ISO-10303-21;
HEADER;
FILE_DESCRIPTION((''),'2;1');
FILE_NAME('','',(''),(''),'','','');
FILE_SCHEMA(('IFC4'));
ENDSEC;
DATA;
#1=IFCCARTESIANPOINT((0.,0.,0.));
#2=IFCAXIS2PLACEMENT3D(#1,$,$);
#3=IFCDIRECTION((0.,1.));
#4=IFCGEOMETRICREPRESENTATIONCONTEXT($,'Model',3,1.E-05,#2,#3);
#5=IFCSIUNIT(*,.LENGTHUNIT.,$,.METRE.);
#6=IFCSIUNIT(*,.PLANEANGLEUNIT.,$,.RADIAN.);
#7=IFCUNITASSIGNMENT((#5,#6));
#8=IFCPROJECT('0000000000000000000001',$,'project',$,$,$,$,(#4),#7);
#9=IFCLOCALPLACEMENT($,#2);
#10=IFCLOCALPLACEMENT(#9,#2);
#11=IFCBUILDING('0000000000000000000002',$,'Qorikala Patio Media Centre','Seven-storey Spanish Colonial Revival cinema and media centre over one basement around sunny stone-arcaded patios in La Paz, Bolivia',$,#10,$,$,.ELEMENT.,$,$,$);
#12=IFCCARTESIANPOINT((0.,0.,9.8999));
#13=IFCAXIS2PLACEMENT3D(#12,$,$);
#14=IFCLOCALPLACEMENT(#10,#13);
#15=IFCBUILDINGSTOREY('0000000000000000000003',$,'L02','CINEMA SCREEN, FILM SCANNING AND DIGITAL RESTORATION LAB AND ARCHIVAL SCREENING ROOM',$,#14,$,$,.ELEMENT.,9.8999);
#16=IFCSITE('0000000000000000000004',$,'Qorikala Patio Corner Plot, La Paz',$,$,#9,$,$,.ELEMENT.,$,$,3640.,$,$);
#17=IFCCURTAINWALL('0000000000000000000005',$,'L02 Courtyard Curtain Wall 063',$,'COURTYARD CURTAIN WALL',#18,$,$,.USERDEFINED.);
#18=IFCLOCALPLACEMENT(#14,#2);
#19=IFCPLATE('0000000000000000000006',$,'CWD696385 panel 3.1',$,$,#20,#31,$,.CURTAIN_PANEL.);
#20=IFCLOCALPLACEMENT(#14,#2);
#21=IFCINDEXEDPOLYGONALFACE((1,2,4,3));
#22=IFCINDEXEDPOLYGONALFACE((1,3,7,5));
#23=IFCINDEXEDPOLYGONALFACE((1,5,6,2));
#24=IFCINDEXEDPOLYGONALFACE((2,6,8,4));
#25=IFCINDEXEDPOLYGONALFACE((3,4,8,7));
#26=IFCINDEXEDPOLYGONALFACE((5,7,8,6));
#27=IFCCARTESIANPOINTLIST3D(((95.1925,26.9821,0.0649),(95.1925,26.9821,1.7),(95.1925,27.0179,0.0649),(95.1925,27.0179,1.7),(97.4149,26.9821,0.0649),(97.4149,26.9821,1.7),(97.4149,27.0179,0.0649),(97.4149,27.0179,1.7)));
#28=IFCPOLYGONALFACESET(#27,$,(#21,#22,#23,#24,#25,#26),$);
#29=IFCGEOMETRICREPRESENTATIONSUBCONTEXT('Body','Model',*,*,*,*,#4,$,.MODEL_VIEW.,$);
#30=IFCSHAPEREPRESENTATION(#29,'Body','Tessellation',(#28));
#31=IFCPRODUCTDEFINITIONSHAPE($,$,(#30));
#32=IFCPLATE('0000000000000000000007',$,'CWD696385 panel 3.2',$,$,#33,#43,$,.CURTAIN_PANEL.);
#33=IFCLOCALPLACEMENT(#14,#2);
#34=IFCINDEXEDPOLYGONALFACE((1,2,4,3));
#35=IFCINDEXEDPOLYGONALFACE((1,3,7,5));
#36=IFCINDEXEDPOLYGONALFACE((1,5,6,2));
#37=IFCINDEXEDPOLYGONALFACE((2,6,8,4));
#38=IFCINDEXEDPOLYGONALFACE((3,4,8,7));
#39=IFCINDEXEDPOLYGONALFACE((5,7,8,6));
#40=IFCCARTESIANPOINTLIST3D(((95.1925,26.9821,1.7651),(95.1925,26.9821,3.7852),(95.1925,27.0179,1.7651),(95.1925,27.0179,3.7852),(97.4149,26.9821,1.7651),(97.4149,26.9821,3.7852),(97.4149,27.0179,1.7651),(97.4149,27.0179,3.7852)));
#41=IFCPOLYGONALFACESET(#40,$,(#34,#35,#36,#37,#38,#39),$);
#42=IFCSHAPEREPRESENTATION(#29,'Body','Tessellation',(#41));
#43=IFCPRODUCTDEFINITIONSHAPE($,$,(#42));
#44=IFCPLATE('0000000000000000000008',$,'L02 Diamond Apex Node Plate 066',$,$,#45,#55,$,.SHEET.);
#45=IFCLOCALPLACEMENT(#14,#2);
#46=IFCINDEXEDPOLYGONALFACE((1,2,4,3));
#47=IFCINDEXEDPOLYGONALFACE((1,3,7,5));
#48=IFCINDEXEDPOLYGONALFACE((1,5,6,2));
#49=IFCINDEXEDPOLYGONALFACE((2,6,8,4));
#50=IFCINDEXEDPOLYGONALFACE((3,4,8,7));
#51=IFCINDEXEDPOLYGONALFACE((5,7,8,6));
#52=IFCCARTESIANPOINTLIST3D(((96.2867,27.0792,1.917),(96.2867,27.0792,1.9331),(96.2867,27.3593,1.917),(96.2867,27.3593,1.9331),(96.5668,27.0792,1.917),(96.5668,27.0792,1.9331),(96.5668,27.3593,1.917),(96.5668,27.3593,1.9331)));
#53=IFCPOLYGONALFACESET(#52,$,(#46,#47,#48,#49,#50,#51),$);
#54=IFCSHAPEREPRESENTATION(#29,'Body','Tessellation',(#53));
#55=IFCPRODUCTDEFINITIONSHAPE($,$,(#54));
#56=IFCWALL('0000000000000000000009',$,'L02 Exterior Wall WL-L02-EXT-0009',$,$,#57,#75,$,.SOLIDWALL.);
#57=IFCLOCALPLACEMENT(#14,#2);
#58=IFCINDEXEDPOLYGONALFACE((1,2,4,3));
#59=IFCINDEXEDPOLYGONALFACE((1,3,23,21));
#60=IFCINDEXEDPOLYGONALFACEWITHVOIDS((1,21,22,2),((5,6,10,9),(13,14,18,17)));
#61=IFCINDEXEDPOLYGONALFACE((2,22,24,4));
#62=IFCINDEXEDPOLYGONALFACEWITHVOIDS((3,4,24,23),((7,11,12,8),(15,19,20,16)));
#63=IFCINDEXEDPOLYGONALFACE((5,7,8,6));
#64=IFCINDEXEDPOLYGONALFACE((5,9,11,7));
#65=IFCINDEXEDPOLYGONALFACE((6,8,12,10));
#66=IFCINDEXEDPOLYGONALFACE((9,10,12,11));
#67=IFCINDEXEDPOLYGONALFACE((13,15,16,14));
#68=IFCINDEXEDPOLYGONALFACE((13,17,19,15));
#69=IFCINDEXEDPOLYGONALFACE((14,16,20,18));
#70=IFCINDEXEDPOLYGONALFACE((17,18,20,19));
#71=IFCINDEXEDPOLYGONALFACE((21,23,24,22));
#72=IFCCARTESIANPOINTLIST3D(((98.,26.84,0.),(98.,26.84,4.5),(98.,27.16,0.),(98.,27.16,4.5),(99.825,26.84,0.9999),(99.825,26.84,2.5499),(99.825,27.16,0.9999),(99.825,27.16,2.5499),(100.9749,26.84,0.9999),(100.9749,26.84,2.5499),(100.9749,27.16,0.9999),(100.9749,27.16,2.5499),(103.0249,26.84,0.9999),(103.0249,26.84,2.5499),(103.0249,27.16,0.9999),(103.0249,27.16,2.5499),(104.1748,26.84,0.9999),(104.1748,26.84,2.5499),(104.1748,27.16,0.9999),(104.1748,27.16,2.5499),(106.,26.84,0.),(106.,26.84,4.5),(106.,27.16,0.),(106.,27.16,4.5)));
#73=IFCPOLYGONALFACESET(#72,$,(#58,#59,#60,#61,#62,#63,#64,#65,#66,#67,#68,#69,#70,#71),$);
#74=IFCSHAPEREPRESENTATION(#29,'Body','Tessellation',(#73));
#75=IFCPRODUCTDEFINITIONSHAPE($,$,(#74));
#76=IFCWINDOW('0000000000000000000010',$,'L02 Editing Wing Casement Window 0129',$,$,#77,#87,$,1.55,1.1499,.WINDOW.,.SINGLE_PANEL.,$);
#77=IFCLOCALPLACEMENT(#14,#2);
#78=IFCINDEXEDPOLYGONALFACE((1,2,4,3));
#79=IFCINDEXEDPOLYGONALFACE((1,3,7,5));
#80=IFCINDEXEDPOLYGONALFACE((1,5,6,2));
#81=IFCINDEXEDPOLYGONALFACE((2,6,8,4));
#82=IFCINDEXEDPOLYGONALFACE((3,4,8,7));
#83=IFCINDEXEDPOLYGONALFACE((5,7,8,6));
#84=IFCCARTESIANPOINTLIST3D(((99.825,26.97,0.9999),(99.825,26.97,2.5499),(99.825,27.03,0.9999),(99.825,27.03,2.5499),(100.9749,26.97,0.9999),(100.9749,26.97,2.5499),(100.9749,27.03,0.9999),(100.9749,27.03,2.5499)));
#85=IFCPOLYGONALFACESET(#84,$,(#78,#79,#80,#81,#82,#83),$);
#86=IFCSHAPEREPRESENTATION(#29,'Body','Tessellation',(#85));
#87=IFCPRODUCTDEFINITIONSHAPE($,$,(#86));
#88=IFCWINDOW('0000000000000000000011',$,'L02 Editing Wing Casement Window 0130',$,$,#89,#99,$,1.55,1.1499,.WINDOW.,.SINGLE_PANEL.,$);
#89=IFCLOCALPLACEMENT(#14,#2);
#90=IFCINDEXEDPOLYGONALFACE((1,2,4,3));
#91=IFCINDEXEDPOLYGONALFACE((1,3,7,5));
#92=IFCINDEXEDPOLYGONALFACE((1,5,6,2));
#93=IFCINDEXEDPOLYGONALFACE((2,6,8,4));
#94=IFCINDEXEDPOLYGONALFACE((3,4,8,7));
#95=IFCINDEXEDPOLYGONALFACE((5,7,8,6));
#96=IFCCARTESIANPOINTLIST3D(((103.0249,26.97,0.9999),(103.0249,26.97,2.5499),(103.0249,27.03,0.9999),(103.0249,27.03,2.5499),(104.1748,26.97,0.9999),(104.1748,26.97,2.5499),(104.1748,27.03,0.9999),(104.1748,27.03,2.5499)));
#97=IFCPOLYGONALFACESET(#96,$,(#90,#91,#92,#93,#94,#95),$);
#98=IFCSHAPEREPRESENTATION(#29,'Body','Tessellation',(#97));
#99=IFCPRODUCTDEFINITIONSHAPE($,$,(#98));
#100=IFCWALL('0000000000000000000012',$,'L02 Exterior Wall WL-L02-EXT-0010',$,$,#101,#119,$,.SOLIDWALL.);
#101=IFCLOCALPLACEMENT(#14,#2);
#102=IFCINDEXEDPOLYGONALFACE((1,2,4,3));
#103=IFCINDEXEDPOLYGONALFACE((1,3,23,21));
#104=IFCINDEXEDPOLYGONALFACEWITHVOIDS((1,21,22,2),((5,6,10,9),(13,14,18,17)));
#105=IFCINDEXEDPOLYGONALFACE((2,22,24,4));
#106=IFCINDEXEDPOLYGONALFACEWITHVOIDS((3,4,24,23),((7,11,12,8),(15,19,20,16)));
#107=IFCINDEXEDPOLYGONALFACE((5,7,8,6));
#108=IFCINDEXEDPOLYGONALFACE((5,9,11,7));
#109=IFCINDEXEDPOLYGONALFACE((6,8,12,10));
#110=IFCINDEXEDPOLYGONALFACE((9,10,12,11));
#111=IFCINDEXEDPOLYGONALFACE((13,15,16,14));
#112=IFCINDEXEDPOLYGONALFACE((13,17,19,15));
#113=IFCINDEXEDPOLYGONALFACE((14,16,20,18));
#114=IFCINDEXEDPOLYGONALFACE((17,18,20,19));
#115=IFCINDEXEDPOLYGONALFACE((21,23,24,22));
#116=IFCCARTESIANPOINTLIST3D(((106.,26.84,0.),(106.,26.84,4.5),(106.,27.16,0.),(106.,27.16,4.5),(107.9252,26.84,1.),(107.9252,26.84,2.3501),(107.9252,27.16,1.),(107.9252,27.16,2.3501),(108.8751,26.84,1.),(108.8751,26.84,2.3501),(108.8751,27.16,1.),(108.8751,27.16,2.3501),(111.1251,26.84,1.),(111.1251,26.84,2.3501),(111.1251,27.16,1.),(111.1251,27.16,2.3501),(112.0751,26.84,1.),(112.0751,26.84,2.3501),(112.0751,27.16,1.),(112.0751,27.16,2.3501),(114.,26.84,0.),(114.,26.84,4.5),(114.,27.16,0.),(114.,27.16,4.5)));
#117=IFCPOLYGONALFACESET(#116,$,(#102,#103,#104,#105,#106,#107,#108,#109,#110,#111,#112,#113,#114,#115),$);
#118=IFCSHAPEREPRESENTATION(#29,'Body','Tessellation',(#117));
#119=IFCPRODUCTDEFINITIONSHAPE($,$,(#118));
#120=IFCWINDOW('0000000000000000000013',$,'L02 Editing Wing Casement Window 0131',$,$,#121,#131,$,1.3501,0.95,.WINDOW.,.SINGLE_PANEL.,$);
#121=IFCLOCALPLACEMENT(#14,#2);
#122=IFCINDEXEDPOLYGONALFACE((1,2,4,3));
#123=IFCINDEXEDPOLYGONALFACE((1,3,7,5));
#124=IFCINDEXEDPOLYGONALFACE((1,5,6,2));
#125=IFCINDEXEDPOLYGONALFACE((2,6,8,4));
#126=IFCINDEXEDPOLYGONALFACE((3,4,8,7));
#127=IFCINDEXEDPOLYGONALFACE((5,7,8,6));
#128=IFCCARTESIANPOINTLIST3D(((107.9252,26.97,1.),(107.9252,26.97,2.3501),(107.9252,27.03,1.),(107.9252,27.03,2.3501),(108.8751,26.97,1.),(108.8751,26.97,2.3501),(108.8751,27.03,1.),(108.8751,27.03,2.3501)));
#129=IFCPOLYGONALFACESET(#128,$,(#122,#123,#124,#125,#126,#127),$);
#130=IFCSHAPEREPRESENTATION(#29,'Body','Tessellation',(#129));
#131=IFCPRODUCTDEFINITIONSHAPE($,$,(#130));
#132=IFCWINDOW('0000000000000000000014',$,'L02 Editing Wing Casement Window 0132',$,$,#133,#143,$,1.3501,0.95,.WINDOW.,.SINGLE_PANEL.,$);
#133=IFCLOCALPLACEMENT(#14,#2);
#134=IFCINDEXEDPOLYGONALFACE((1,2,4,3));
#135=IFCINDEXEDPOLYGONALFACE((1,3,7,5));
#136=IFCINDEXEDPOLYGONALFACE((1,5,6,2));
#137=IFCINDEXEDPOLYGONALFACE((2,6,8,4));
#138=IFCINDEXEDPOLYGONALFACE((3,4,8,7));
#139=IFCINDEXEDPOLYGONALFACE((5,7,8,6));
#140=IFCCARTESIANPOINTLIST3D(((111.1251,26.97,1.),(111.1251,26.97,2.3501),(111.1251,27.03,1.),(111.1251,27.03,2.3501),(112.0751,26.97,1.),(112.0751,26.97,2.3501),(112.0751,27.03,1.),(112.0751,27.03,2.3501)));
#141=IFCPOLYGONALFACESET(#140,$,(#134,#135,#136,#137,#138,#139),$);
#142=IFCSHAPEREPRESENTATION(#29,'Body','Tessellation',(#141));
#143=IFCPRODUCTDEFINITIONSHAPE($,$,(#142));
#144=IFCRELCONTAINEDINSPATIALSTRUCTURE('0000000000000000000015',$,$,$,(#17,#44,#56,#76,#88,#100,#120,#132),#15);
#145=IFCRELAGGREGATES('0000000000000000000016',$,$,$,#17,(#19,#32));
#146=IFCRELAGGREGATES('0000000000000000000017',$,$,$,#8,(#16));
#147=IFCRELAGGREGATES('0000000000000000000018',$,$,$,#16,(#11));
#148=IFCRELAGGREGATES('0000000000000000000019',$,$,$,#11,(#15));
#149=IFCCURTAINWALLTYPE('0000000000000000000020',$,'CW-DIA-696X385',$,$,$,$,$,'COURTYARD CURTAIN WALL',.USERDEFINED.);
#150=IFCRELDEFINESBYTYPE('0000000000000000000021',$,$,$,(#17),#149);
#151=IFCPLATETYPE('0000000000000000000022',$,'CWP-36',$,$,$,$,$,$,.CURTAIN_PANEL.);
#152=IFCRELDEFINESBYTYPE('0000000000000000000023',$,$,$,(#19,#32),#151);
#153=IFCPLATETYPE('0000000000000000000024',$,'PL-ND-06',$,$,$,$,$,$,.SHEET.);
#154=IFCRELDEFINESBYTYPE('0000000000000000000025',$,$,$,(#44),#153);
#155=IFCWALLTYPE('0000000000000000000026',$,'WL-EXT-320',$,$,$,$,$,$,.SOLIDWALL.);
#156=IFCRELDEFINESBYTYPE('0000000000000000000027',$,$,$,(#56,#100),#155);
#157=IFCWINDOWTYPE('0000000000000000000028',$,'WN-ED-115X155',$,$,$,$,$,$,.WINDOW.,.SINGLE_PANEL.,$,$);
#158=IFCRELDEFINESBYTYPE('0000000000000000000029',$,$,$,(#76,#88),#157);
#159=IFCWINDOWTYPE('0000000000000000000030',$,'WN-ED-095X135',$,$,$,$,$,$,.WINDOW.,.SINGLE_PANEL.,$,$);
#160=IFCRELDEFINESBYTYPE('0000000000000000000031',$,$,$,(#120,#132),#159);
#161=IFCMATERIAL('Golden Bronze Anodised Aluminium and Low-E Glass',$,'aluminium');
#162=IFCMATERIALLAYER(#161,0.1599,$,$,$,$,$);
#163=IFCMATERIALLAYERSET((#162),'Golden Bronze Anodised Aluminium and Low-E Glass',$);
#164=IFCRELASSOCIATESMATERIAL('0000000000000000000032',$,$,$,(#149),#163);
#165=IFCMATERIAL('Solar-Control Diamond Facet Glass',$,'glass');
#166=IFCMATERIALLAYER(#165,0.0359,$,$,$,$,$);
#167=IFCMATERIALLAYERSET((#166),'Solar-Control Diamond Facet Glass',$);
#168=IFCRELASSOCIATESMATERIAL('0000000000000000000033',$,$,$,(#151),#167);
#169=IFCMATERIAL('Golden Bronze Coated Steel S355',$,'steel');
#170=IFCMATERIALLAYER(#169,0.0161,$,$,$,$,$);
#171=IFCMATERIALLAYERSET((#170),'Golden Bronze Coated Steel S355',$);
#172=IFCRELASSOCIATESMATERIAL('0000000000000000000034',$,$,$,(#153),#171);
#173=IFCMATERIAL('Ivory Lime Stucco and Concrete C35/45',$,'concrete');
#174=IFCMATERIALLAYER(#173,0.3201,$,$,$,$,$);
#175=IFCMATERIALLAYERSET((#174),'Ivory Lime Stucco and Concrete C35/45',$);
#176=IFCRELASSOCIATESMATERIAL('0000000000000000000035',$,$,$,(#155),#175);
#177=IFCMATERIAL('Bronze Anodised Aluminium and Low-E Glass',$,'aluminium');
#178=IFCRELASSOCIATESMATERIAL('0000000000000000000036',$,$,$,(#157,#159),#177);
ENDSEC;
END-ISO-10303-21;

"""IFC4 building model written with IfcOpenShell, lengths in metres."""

from ifc_helpers import new_model, si_unit, direction, frame, frame_2d, origin, origin_2d, place, context, subcontext, project, spatial, rectangle, extrude, material, layer, layer_set, type_object, element, fill, aggregate, save


model = new_model("IFC4")

# Units and contexts
model_context = context("Model", 3, precision=1e-05, world=origin(), true_north=direction((0.0, 1.0)))
body_context = subcontext(model_context, "Body", "Model", "MODEL_VIEW")
ifc_project = project(units=[si_unit("LENGTHUNIT", "METRE"), si_unit("PLANEANGLEUNIT", "RADIAN")], contexts=[model_context])

# Site, building, storey
site_placement = place(None, origin())
site = spatial("IfcSite", under=ifc_project, at=site_placement, Name="Qorikala Patio Corner Plot, La Paz", CompositionType="ELEMENT", RefElevation=3640.0)
building_placement = place(site_placement, origin())
building = spatial("IfcBuilding", under=site, at=building_placement, Name="Qorikala Patio Media Centre", Description="Seven-storey Spanish Colonial Revival cinema and media centre over one basement around sunny stone-arcaded patios in La Paz, Bolivia", CompositionType="ELEMENT")
storey_placement = place(building_placement, frame((0.0, 0.0, 9.8999)))
storey = spatial("IfcBuildingStorey", under=building, at=storey_placement, Name="L02", Description="CINEMA SCREEN, FILM SCANNING AND DIGITAL RESTORATION LAB AND ARCHIVAL SCREENING ROOM", CompositionType="ELEMENT", Elevation=9.8999)

# Curtain wall
ifc_material_1 = material(Name="Golden Bronze Anodised Aluminium and Low-E Glass", Category="aluminium")
ifc_layer_1 = layer(ifc_material_1, 0.1599)
ifc_layer_set_1 = layer_set([ifc_layer_1], Name="Golden Bronze Anodised Aluminium and Low-E Glass")
curtain_wall_type = type_object("IfcCurtainWallType", Name="CW-DIA-696X385", ElementType="COURTYARD CURTAIN WALL", PredefinedType="USERDEFINED", material=ifc_layer_set_1)
curtain_wall_placement = place(storey_placement, origin())
curtain_wall = element("IfcCurtainWall", 1, at=curtain_wall_placement, inside=storey, type_object=curtain_wall_type, Name="L02 Courtyard Curtain Wall 063", ObjectType="COURTYARD CURTAIN WALL", PredefinedType="USERDEFINED")

# Shared definitions
ifc_material_2 = material(Name="Golden Bronze Coated Steel S355", Category="steel")

# Plates
ifc_material_3 = material(Name="Solar-Control Diamond Facet Glass", Category="glass")
ifc_layer_2 = layer(ifc_material_3, 0.0359)
ifc_layer_set_2 = layer_set([ifc_layer_2], Name="Solar-Control Diamond Facet Glass")
plate_type_1 = type_object("IfcPlateType", Name="CWP-36", PredefinedType="CURTAIN_PANEL", material=ifc_layer_set_2)
plate_1_placement = place(storey_placement, frame((96.3037, 27.0, 0.0649), z_axis=(0.0, 0.0, 1.0), x_axis=(1.0, 0.0, 0.0)))
plate_1 = element("IfcPlate", 2, at=plate_1_placement, type_object=plate_type_1, Name="CWD696385 panel 3.1", PredefinedType="CURTAIN_PANEL", context=body_context, shape_type="SweptSolid", body=[
    extrude(rectangle(XDim=2.2224, YDim=0.0359, at=origin_2d()), origin(), (0.0, 0.0, 1.0), 1.635),
])
plate_2_placement = place(storey_placement, frame((96.3037, 27.0, 1.7651), z_axis=(0.0, 0.0, 1.0), x_axis=(1.0, 0.0, 0.0)))
plate_2 = element("IfcPlate", 3, at=plate_2_placement, type_object=plate_type_1, Name="CWD696385 panel 3.2", PredefinedType="CURTAIN_PANEL", context=body_context, shape_type="SweptSolid", body=[
    extrude(rectangle(XDim=2.2224, YDim=0.0359, at=origin_2d()), origin(), (0.0, 0.0, 1.0), 2.02),
])
aggregate(curtain_wall, [plate_1, plate_2])
ifc_layer_3 = layer(ifc_material_2, 0.0161)
ifc_layer_set_3 = layer_set([ifc_layer_3], Name="Golden Bronze Coated Steel S355")
plate_type_2 = type_object("IfcPlateType", Name="PL-ND-06", PredefinedType="SHEET", material=ifc_layer_set_3)
plate_3_placement = place(storey_placement, frame((96.4268, 27.2192, 1.917), z_axis=(0.0, 0.0, 1.0), x_axis=(1.0, 0.0, 0.0)))
element("IfcPlate", 4, at=plate_3_placement, inside=storey, type_object=plate_type_2, Name="L02 Diamond Apex Node Plate 066", PredefinedType="SHEET", context=body_context, shape_type="SweptSolid", body=[
    extrude(rectangle(XDim=0.28, YDim=0.28, at=origin_2d()), origin(), (0.0, 0.0, 1.0), 0.0161),
])

# Walls, openings, windows
ifc_material_4 = material(Name="Ivory Lime Stucco and Concrete C35/45", Category="concrete")
ifc_layer_4 = layer(ifc_material_4, 0.3201)
ifc_layer_set_4 = layer_set([ifc_layer_4], Name="Ivory Lime Stucco and Concrete C35/45")
wall_type_1 = type_object("IfcWallType", Name="WL-EXT-320", PredefinedType="SOLIDWALL", material=ifc_layer_set_4)
wall_1_placement = place(storey_placement, frame((98.0, 27.0, 0.0), z_axis=(0.0, 0.0, 1.0), x_axis=(1.0, 0.0, 0.0)))
wall_1 = element("IfcWall", 5, at=wall_1_placement, inside=storey, type_object=wall_type_1, Name="L02 Exterior Wall WL-L02-EXT-0009", PredefinedType="SOLIDWALL", context=body_context, shape_type="SweptSolid", body=[
    extrude(rectangle(XDim=8.0, YDim=0.3201, at=frame_2d((4.0, 0.0))), origin(), (0.0, 0.0, 1.0), 4.5),
])
opening_1_placement = place(wall_1_placement, frame((1.825, 0.0, 1.0)))
opening_1 = element("IfcOpeningElement", 6, at=opening_1_placement, cuts=wall_1, PredefinedType="OPENING", context=body_context, shape_type="SweptSolid", body=[
    extrude(rectangle(XDim=1.1499, YDim=1.55, at=frame_2d((0.575, 0.7749))), frame((0.0, 0.1699, 0.0), z_axis=(0.0, -1.0, 0.0), x_axis=(1.0, 0.0, 0.0)), (0.0, 0.0, 1.0), 0.3401),
])
opening_2_placement = place(wall_1_placement, frame((5.0249, 0.0, 1.0)))
opening_2 = element("IfcOpeningElement", 7, at=opening_2_placement, cuts=wall_1, PredefinedType="OPENING", context=body_context, shape_type="SweptSolid", body=[
    extrude(rectangle(XDim=1.1499, YDim=1.55, at=frame_2d((0.575, 0.7749))), frame((0.0, 0.1699, 0.0), z_axis=(0.0, -1.0, 0.0), x_axis=(1.0, 0.0, 0.0)), (0.0, 0.0, 1.0), 0.3401),
])
ifc_material_5 = material(Name="Bronze Anodised Aluminium and Low-E Glass", Category="aluminium")
window_type_1 = type_object("IfcWindowType", Name="WN-ED-115X155", PartitioningType="SINGLE_PANEL", PredefinedType="WINDOW", material=ifc_material_5)
window_1_placement = place(opening_1_placement, origin())
window_1 = element("IfcWindow", 8, at=window_1_placement, inside=storey, type_object=window_type_1, Name="L02 Editing Wing Casement Window 0129", OverallHeight=1.55, OverallWidth=1.1499, PartitioningType="SINGLE_PANEL", PredefinedType="WINDOW", context=body_context, shape_type="SweptSolid", body=[
    extrude(rectangle(XDim=1.1499, YDim=1.55, at=frame_2d((0.575, 0.7749))), frame((0.0, 0.03, 0.0), z_axis=(0.0, -1.0, 0.0), x_axis=(1.0, 0.0, 0.0)), (0.0, 0.0, 1.0), 0.0601),
])
fill(opening_1, window_1)
window_2_placement = place(opening_2_placement, origin())
window_2 = element("IfcWindow", 9, at=window_2_placement, inside=storey, type_object=window_type_1, Name="L02 Editing Wing Casement Window 0130", OverallHeight=1.55, OverallWidth=1.1499, PartitioningType="SINGLE_PANEL", PredefinedType="WINDOW", context=body_context, shape_type="SweptSolid", body=[
    extrude(rectangle(XDim=1.1499, YDim=1.55, at=frame_2d((0.575, 0.7749))), frame((0.0, 0.03, 0.0), z_axis=(0.0, -1.0, 0.0), x_axis=(1.0, 0.0, 0.0)), (0.0, 0.0, 1.0), 0.0601),
])
fill(opening_2, window_2)
wall_2_placement = place(storey_placement, frame((106.0, 27.0, 0.0), z_axis=(0.0, 0.0, 1.0), x_axis=(1.0, 0.0, 0.0)))
wall_2 = element("IfcWall", 10, at=wall_2_placement, inside=storey, type_object=wall_type_1, Name="L02 Exterior Wall WL-L02-EXT-0010", PredefinedType="SOLIDWALL", context=body_context, shape_type="SweptSolid", body=[
    extrude(rectangle(XDim=8.0, YDim=0.3201, at=frame_2d((4.0, 0.0))), origin(), (0.0, 0.0, 1.0), 4.5),
])
opening_3_placement = place(wall_2_placement, frame((1.925, 0.0, 1.0)))
opening_3 = element("IfcOpeningElement", 11, at=opening_3_placement, cuts=wall_2, PredefinedType="OPENING", context=body_context, shape_type="SweptSolid", body=[
    extrude(rectangle(XDim=0.95, YDim=1.3501, at=frame_2d((0.4751, 0.675))), frame((0.0, 0.1699, 0.0), z_axis=(0.0, -1.0, 0.0), x_axis=(1.0, 0.0, 0.0)), (0.0, 0.0, 1.0), 0.3401),
])
opening_4_placement = place(wall_2_placement, frame((5.125, 0.0, 1.0)))
opening_4 = element("IfcOpeningElement", 12, at=opening_4_placement, cuts=wall_2, PredefinedType="OPENING", context=body_context, shape_type="SweptSolid", body=[
    extrude(rectangle(XDim=0.95, YDim=1.3501, at=frame_2d((0.4751, 0.675))), frame((0.0, 0.1699, 0.0), z_axis=(0.0, -1.0, 0.0), x_axis=(1.0, 0.0, 0.0)), (0.0, 0.0, 1.0), 0.3401),
])
window_type_2 = type_object("IfcWindowType", Name="WN-ED-095X135", PartitioningType="SINGLE_PANEL", PredefinedType="WINDOW", material=ifc_material_5)
window_3_placement = place(opening_3_placement, origin())
window_3 = element("IfcWindow", 13, at=window_3_placement, inside=storey, type_object=window_type_2, Name="L02 Editing Wing Casement Window 0131", OverallHeight=1.3501, OverallWidth=0.95, PartitioningType="SINGLE_PANEL", PredefinedType="WINDOW", context=body_context, shape_type="SweptSolid", body=[
    extrude(rectangle(XDim=0.95, YDim=1.3501, at=frame_2d((0.4751, 0.675))), frame((0.0, 0.03, 0.0), z_axis=(0.0, -1.0, 0.0), x_axis=(1.0, 0.0, 0.0)), (0.0, 0.0, 1.0), 0.0601),
])
fill(opening_3, window_3)
window_4_placement = place(opening_4_placement, origin())
window_4 = element("IfcWindow", 14, at=window_4_placement, inside=storey, type_object=window_type_2, Name="L02 Editing Wing Casement Window 0132", OverallHeight=1.3501, OverallWidth=0.95, PartitioningType="SINGLE_PANEL", PredefinedType="WINDOW", context=body_context, shape_type="SweptSolid", body=[
    extrude(rectangle(XDim=0.95, YDim=1.3501, at=frame_2d((0.4751, 0.675))), frame((0.0, 0.03, 0.0), z_axis=(0.0, -1.0, 0.0), x_axis=(1.0, 0.0, 0.0)), (0.0, 0.0, 1.0), 0.0601),
])
fill(opening_4, window_4)

save(model, "model.ifc")
